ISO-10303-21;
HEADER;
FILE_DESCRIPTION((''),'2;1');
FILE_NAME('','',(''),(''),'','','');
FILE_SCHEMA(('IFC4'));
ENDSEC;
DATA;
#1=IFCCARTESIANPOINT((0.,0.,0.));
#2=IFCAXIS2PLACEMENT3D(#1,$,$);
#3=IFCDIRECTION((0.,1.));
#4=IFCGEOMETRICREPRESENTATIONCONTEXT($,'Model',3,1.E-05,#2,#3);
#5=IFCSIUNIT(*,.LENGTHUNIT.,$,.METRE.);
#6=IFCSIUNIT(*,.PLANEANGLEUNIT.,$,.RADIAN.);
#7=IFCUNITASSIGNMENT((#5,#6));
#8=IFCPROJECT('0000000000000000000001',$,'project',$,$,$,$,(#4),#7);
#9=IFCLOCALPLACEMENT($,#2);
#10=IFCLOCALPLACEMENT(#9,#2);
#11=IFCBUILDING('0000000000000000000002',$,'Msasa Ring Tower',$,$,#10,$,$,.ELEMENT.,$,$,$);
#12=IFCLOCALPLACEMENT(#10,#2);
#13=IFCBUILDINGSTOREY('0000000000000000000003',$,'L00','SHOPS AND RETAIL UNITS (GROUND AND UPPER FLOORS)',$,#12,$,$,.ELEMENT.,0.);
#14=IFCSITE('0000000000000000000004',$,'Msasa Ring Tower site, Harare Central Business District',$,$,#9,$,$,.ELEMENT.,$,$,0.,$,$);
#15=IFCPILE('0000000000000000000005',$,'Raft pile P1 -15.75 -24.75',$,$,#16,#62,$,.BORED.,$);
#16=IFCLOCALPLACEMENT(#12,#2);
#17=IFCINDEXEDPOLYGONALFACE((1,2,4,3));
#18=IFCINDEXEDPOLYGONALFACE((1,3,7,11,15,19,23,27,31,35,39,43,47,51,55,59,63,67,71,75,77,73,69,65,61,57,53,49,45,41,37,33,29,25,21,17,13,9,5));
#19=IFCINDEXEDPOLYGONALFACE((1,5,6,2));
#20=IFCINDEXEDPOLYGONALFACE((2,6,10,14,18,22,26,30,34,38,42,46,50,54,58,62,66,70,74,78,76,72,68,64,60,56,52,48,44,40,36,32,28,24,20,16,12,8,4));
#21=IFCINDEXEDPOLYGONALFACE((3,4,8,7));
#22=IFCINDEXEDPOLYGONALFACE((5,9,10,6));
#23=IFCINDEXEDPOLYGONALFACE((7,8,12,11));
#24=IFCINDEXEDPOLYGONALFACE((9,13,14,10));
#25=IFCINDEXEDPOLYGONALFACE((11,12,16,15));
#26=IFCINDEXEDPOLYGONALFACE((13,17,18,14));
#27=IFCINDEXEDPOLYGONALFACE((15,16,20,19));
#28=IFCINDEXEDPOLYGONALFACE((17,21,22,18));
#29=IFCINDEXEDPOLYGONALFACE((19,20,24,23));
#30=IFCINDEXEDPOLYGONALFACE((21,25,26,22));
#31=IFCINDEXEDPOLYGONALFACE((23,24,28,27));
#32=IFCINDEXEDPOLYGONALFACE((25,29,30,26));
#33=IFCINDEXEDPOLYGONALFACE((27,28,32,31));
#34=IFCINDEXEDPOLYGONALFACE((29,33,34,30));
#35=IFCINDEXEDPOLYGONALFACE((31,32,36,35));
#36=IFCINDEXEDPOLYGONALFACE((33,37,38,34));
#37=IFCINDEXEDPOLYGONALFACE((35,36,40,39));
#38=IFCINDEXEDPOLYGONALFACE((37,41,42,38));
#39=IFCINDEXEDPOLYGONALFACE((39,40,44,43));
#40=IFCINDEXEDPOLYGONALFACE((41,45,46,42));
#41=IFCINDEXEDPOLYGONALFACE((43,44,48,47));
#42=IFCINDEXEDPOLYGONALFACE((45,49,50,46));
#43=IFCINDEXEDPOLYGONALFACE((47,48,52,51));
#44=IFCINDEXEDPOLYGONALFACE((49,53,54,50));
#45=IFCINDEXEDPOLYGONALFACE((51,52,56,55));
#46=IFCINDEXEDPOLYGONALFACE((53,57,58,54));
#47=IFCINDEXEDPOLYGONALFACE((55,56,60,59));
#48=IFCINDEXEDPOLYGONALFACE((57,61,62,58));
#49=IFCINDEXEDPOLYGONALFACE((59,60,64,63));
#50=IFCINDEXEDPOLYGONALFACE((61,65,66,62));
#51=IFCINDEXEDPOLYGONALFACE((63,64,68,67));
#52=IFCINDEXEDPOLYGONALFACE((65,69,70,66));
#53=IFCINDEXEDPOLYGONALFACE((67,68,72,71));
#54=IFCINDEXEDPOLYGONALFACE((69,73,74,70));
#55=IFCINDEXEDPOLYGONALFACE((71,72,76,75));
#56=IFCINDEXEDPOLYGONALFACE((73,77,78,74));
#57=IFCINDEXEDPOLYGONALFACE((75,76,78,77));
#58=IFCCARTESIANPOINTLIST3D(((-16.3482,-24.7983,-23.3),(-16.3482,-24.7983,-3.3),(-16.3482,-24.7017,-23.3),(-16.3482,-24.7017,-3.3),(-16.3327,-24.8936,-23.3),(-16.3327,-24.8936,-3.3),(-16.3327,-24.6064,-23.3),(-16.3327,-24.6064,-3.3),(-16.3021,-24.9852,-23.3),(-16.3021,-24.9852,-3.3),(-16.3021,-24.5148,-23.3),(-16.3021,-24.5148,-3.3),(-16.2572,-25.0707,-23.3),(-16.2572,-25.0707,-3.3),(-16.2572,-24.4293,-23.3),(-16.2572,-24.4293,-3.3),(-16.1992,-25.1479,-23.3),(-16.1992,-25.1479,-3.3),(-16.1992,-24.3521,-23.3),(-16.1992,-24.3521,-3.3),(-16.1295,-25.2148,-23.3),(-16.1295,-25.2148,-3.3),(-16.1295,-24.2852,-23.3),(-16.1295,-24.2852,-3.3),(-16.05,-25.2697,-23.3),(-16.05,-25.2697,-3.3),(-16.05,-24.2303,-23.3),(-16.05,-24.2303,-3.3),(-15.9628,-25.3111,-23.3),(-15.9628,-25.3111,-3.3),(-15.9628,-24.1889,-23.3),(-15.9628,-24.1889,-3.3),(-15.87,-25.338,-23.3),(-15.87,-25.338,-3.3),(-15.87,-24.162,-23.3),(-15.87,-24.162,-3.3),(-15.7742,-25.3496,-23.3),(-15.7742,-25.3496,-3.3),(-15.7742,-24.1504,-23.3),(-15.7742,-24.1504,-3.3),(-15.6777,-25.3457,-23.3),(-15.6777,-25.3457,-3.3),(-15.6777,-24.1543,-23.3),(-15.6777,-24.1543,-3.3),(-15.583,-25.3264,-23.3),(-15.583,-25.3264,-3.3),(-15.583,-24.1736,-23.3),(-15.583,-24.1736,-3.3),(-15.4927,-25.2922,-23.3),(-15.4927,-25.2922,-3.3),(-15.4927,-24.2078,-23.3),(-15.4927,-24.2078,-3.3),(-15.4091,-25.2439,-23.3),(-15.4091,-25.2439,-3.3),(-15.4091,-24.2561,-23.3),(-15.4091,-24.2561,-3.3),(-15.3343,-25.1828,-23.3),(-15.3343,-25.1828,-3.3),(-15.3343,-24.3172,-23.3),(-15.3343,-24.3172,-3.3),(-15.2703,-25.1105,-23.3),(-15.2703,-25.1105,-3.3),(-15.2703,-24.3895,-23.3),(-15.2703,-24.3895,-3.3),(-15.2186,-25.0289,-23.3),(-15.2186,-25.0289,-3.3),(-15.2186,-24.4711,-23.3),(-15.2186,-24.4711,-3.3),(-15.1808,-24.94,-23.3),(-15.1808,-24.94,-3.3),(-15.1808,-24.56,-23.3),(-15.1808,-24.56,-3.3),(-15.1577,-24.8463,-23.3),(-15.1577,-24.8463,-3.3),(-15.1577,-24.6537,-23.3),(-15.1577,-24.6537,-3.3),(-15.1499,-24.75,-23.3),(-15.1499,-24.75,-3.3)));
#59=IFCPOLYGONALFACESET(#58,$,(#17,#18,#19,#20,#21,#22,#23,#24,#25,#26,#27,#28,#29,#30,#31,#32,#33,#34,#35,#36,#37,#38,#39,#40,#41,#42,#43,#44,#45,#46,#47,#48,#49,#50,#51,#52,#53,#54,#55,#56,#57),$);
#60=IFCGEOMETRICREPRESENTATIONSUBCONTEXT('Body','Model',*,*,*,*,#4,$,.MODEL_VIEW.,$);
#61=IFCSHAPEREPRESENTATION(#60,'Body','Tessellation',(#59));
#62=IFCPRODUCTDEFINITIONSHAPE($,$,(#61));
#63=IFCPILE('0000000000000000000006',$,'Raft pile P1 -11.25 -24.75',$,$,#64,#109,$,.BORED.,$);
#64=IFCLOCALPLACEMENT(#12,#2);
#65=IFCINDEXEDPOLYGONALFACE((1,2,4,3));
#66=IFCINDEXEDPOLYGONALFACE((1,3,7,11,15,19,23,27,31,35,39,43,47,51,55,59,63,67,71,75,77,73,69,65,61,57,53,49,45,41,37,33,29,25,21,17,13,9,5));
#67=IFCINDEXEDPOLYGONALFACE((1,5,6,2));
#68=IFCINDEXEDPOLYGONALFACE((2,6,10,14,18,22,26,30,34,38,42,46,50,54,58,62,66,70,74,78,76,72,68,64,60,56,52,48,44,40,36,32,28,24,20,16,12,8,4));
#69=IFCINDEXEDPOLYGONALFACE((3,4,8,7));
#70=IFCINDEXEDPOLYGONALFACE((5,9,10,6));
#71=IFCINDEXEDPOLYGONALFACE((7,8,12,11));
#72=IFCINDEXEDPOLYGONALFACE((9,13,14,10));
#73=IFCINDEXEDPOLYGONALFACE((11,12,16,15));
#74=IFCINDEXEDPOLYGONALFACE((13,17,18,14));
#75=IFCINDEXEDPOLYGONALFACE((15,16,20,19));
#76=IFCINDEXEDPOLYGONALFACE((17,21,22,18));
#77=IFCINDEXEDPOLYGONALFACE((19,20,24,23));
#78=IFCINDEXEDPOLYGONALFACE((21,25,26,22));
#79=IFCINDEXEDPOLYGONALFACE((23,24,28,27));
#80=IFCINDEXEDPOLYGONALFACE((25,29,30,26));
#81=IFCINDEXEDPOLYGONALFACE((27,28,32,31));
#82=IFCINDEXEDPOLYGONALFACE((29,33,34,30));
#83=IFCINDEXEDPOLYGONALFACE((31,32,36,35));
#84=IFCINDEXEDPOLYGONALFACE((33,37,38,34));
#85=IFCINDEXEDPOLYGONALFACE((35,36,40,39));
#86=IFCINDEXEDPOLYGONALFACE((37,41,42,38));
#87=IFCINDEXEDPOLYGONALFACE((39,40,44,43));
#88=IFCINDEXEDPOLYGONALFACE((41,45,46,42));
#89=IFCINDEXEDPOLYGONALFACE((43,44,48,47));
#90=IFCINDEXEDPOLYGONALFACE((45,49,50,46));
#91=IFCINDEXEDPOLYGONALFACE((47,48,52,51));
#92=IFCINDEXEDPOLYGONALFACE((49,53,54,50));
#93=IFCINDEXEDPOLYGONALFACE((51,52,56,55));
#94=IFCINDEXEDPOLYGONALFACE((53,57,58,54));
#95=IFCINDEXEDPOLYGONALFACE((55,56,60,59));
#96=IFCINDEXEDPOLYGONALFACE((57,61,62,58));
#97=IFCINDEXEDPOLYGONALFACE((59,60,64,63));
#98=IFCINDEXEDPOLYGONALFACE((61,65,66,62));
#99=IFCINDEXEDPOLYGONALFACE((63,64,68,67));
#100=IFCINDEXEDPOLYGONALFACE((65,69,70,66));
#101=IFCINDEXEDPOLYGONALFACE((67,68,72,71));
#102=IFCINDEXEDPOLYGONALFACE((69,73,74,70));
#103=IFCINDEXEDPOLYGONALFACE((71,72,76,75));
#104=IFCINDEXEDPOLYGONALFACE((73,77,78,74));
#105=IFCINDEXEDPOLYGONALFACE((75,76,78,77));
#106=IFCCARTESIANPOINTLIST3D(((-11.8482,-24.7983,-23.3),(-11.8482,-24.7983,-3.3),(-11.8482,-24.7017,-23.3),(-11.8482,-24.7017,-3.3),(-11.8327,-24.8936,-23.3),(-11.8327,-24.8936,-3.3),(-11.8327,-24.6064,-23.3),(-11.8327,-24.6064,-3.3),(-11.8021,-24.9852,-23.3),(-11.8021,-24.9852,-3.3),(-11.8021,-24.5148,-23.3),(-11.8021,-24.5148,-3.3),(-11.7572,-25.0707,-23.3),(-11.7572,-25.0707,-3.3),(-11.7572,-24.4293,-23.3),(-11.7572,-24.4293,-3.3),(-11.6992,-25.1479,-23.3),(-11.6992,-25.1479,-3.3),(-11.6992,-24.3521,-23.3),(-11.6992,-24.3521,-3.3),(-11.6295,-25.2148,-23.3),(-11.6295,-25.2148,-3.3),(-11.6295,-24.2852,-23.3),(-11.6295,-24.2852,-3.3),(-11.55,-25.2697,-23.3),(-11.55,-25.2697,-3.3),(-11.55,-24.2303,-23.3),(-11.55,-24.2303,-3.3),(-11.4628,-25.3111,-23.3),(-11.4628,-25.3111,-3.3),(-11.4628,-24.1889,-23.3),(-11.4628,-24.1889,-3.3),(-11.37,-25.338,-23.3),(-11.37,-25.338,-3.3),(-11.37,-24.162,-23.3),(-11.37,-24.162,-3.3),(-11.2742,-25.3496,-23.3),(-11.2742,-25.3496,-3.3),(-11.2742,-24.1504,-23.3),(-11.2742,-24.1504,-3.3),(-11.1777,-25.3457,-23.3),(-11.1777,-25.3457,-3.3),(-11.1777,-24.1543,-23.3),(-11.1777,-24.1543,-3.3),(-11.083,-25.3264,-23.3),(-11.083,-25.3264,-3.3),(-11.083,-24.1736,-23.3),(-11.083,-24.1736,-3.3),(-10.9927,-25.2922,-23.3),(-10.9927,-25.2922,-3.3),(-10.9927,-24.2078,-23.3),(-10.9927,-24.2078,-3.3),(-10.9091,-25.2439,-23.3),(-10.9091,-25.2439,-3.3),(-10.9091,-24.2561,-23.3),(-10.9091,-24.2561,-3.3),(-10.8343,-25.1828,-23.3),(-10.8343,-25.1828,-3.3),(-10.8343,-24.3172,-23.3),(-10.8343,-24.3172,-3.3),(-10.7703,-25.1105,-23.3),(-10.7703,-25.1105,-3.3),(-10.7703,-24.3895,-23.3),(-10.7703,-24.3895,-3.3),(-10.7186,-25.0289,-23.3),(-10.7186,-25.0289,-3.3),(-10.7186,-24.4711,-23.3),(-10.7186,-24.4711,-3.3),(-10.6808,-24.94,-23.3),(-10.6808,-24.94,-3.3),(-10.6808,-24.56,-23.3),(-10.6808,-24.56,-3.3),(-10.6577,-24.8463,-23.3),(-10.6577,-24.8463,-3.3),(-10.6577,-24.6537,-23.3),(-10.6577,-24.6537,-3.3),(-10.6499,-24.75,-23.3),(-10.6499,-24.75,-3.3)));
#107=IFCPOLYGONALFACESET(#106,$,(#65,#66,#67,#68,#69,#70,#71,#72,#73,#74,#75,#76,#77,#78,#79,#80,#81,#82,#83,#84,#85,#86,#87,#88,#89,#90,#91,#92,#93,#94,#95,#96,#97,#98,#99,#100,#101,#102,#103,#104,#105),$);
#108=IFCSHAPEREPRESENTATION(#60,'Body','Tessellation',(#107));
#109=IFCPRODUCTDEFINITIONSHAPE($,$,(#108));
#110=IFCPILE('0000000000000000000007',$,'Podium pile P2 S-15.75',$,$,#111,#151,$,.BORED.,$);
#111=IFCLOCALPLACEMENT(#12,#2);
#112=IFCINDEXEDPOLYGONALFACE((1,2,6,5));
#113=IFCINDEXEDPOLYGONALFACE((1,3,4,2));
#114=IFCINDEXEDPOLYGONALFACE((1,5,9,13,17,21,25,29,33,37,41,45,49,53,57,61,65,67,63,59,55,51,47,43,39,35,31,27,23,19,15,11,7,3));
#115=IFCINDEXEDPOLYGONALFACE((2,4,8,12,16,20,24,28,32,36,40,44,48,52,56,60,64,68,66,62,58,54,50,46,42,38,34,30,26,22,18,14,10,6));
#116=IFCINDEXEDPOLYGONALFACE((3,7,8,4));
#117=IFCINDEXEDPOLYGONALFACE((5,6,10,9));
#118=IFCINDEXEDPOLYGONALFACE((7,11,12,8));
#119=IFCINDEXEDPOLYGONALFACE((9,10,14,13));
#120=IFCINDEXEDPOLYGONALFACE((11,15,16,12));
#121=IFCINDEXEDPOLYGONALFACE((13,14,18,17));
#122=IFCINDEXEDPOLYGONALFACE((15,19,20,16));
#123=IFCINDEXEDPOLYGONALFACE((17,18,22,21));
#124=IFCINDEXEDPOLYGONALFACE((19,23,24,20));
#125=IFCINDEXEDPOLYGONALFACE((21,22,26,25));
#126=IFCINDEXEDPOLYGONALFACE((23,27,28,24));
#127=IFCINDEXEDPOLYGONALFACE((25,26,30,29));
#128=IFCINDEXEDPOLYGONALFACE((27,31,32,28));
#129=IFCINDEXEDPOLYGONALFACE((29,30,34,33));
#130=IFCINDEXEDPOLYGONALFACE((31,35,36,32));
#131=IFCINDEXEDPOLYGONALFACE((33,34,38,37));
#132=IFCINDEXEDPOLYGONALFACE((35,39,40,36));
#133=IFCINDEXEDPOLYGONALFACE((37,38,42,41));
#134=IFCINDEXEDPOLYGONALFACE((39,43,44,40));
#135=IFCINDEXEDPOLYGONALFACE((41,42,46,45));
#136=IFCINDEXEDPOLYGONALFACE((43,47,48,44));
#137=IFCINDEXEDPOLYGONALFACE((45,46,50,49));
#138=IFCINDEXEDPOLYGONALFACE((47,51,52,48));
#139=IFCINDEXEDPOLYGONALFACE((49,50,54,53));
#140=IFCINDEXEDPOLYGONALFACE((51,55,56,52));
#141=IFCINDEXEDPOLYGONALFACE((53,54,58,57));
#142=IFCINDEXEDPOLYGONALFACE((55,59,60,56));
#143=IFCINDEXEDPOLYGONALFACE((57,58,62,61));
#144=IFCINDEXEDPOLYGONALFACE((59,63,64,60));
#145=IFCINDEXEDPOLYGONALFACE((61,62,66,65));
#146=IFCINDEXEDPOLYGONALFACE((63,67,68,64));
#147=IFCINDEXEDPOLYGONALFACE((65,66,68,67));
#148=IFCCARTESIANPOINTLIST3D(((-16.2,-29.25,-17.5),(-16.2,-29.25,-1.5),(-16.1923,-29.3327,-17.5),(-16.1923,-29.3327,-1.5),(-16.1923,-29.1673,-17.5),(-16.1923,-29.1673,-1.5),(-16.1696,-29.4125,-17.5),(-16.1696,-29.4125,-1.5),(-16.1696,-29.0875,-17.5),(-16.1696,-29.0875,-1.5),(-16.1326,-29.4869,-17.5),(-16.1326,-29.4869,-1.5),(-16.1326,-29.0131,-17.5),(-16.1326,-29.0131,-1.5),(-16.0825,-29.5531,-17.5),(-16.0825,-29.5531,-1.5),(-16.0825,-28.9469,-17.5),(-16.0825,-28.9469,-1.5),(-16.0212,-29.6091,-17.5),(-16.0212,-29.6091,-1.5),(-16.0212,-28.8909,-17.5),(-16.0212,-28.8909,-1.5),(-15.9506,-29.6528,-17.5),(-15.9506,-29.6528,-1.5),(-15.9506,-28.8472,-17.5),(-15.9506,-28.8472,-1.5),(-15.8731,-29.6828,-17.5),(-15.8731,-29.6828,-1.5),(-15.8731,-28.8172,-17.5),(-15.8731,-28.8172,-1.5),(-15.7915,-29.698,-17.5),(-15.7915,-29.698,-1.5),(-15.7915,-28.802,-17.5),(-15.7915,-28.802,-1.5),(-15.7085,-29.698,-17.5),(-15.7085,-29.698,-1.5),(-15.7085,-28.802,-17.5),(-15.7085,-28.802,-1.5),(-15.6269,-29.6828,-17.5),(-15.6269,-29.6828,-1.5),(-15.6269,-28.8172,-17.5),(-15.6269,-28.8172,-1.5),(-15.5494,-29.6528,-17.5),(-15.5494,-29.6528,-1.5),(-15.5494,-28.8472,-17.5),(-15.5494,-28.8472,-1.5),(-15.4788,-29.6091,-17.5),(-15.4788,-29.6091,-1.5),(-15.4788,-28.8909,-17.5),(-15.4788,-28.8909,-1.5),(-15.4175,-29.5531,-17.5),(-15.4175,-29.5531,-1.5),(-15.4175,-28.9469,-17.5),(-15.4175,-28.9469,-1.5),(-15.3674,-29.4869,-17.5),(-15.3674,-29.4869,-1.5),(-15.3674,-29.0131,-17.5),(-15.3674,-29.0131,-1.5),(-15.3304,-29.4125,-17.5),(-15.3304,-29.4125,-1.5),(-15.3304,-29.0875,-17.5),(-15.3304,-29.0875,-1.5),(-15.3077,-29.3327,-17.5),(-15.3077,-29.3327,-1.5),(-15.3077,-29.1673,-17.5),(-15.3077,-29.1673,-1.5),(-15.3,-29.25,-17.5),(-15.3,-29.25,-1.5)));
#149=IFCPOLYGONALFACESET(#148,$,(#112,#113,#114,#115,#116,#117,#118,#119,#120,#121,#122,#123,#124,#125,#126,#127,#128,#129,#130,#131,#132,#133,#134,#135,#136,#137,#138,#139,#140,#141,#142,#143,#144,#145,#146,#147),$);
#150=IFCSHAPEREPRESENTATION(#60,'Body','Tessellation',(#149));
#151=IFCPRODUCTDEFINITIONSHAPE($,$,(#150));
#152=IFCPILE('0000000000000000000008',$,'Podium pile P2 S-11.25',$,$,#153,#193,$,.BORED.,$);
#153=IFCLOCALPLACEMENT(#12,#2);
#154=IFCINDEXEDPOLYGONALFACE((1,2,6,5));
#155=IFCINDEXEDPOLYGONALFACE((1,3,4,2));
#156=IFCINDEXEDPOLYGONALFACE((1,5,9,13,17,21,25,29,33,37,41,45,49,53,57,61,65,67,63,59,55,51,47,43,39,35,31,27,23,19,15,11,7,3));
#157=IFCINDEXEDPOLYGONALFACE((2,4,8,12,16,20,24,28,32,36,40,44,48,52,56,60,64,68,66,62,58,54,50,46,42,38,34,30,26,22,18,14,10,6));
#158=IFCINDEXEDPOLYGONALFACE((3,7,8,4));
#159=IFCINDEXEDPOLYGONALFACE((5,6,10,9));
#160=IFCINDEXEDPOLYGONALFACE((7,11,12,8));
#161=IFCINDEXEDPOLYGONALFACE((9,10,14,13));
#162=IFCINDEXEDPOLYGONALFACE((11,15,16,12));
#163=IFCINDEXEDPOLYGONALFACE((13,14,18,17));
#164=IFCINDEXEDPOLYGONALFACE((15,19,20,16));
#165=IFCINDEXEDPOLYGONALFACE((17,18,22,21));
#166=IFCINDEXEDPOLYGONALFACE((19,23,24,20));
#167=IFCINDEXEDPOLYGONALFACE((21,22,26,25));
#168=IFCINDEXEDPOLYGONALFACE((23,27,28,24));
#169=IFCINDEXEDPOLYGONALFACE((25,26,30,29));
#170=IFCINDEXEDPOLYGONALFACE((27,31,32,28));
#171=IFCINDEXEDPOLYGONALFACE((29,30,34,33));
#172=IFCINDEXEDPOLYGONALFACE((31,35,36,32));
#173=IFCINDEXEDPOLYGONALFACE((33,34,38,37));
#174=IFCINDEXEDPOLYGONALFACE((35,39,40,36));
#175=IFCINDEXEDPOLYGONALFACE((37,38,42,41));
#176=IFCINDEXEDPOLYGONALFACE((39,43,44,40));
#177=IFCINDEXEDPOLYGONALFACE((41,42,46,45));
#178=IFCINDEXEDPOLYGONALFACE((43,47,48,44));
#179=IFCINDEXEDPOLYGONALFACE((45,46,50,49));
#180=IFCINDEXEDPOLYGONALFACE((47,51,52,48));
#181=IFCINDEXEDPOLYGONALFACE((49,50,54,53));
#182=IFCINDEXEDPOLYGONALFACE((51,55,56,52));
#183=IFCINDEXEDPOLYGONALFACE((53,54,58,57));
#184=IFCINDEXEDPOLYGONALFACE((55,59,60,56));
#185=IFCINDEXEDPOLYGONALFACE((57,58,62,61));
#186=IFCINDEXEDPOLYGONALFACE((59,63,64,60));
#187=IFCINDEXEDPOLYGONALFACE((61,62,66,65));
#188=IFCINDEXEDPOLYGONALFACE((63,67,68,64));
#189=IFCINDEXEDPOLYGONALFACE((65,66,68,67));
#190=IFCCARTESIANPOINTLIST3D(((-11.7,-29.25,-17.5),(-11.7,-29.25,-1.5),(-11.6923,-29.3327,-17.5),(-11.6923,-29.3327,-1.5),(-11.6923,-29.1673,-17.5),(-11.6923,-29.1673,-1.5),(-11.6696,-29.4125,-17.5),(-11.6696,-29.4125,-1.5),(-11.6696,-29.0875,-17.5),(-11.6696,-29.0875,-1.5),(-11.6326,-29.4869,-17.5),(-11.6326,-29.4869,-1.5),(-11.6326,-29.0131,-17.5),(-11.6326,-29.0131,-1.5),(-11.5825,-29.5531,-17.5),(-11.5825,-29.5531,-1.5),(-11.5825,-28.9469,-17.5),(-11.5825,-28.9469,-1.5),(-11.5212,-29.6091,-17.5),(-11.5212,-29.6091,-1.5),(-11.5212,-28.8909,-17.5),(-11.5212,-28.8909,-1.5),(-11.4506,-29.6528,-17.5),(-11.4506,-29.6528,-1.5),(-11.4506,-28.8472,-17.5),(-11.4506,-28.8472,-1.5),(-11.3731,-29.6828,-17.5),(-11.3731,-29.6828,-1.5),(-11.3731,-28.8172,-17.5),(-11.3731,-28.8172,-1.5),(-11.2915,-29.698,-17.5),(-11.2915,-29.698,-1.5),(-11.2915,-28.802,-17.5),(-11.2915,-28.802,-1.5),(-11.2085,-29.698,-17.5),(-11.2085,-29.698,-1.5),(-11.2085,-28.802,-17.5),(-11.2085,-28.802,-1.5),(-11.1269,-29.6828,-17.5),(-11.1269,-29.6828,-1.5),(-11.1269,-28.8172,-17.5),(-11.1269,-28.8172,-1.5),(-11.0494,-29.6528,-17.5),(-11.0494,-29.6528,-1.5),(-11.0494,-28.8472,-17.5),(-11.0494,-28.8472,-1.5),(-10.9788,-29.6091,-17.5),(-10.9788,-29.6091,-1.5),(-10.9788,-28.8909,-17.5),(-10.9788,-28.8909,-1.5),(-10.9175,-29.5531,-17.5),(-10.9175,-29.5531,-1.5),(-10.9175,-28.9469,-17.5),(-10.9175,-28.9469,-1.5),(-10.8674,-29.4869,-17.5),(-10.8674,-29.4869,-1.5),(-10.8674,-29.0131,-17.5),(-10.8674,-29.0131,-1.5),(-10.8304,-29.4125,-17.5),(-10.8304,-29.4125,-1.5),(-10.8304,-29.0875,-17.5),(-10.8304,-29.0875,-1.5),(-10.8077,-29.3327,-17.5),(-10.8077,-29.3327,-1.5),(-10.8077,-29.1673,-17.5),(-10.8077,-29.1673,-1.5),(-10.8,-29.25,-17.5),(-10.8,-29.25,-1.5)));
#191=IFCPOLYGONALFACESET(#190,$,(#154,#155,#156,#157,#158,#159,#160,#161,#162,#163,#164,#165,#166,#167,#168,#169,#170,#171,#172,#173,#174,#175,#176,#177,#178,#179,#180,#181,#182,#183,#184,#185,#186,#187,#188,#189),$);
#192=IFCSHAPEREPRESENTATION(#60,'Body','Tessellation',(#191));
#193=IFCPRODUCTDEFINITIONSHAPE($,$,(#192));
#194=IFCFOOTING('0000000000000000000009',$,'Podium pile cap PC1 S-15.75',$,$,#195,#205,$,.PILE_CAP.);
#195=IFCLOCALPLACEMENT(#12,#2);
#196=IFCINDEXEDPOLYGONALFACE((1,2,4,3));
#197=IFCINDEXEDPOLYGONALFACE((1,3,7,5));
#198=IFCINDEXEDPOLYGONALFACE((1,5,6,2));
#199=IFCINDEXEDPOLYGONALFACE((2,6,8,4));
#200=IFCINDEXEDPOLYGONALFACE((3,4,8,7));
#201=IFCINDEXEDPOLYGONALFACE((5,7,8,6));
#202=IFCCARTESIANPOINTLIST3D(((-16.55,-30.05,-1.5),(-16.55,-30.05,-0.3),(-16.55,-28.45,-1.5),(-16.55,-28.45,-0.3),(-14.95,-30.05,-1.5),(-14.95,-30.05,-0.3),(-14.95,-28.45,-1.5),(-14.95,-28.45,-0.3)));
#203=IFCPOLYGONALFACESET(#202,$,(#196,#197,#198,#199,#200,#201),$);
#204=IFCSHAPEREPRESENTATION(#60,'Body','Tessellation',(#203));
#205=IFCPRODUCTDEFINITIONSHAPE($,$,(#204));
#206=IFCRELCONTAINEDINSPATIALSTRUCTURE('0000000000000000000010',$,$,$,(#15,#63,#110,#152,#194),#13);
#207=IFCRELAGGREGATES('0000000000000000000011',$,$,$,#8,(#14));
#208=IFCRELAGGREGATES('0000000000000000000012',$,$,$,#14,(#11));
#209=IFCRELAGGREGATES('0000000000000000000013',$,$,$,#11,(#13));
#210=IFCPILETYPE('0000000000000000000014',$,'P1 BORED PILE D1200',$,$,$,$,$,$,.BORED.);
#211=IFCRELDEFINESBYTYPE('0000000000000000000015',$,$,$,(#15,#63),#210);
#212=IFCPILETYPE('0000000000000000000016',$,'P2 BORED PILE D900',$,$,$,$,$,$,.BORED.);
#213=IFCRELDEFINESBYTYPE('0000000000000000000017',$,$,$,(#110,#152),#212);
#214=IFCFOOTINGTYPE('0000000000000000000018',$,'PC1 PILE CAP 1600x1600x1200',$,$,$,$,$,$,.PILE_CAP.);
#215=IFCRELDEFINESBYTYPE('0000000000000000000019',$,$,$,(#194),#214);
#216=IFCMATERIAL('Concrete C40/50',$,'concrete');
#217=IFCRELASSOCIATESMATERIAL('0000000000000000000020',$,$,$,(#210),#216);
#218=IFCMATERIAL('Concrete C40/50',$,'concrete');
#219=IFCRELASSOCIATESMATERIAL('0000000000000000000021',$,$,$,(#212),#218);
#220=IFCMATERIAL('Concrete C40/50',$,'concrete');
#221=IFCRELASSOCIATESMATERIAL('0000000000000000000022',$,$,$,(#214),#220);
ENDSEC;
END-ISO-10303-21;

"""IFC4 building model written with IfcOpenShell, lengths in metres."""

from ifc_helpers import new_model, si_unit, direction, frame, origin, origin_2d, place, context, subcontext, project, spatial, rectangle, circle, extrude, material, material_profile, profile_set, type_object, element, save


model = new_model("IFC4")

# Units and contexts
model_context = context("Model", 3, precision=1e-05, world=origin(), true_north=direction((0.0, 1.0)))
body_context = subcontext(model_context, "Body", "Model", "MODEL_VIEW")
ifc_project = project(units=[si_unit("LENGTHUNIT", "METRE"), si_unit("PLANEANGLEUNIT", "RADIAN")], contexts=[model_context])

# Site, building, storey
site_placement = place(None, origin())
site = spatial("IfcSite", under=ifc_project, at=site_placement, Name="Msasa Ring Tower site, Harare Central Business District", CompositionType="ELEMENT", RefElevation=0.0)
building_placement = place(site_placement, origin())
building = spatial("IfcBuilding", under=site, at=building_placement, Name="Msasa Ring Tower", CompositionType="ELEMENT")
storey_placement = place(building_placement, origin())
storey = spatial("IfcBuildingStorey", under=building, at=storey_placement, Name="L00", Description="SHOPS AND RETAIL UNITS (GROUND AND UPPER FLOORS)", CompositionType="ELEMENT", Elevation=0.0)

# Piles
ifc_material_1 = material(Name="Concrete C40/50", Category="concrete")
ifc_material_profile_1 = material_profile(ifc_material_1, circle(Radius=0.6001, at=origin_2d()), Name="D1200")
ifc_profile_set_1 = profile_set([ifc_material_profile_1], Name="Concrete C40/50")
pile_type_1 = type_object("IfcPileType", Name="P1 BORED PILE D1200", PredefinedType="BORED", material=ifc_profile_set_1)
for number, where, z_axis, x_axis, name in (
    (1, (-15.75, -24.75, -3.3), (0.0, 0.0, -1.0), (1.0, 0.0, 0.0), "Raft pile P1 -15.75 -24.75"),
    (2, (-11.25, -24.75, -3.3), (0.0, 0.0, -1.0), (1.0, 0.0, 0.0), "Raft pile P1 -11.25 -24.75"),
):
    element("IfcPile", number, at=place(storey_placement, frame(where, z_axis=z_axis, x_axis=x_axis)), inside=storey, type_object=pile_type_1, Name=name, PredefinedType="BORED", context=body_context, shape_type="SweptSolid", body=[
        extrude(circle(Radius=0.6001, at=origin_2d()), origin(), (0.0, 0.0, 1.0), 20.0),
    ])
ifc_material_2 = material(Name="Concrete C40/50", Category="concrete")
ifc_material_profile_2 = material_profile(ifc_material_2, circle(Radius=0.45, at=origin_2d()), Name="D900")
ifc_profile_set_2 = profile_set([ifc_material_profile_2], Name="Concrete C40/50")
pile_type_2 = type_object("IfcPileType", Name="P2 BORED PILE D900", PredefinedType="BORED", material=ifc_profile_set_2)
for number, where, z_axis, x_axis, name in (
    (3, (-15.75, -29.25, -1.5), (0.0, 0.0, -1.0), (1.0, 0.0, 0.0), "Podium pile P2 S-15.75"),
    (4, (-11.25, -29.25, -1.5), (0.0, 0.0, -1.0), (1.0, 0.0, 0.0), "Podium pile P2 S-11.25"),
):
    element("IfcPile", number, at=place(storey_placement, frame(where, z_axis=z_axis, x_axis=x_axis)), inside=storey, type_object=pile_type_2, Name=name, PredefinedType="BORED", context=body_context, shape_type="SweptSolid", body=[
        extrude(circle(Radius=0.45, at=origin_2d()), origin(), (0.0, 0.0, 1.0), 16.0),
    ])

# Footing
ifc_material_3 = material(Name="Concrete C40/50", Category="concrete")
footing_type = type_object("IfcFootingType", Name="PC1 PILE CAP 1600x1600x1200", PredefinedType="PILE_CAP", material=ifc_material_3)
for number, where, z_axis, x_axis, name in (
    (5, (-15.75, -29.25, -1.5), (0.0, 0.0, 1.0), (1.0, 0.0, 0.0), "Podium pile cap PC1 S-15.75"),
):
    element("IfcFooting", number, at=place(storey_placement, frame(where, z_axis=z_axis, x_axis=x_axis)), inside=storey, type_object=footing_type, Name=name, PredefinedType="PILE_CAP", context=body_context, shape_type="SweptSolid", body=[
        extrude(rectangle(XDim=1.6001, YDim=1.6001, at=origin_2d()), origin(), (0.0, 0.0, 1.0), 1.2),
    ])

save(model, "model.ifc")
